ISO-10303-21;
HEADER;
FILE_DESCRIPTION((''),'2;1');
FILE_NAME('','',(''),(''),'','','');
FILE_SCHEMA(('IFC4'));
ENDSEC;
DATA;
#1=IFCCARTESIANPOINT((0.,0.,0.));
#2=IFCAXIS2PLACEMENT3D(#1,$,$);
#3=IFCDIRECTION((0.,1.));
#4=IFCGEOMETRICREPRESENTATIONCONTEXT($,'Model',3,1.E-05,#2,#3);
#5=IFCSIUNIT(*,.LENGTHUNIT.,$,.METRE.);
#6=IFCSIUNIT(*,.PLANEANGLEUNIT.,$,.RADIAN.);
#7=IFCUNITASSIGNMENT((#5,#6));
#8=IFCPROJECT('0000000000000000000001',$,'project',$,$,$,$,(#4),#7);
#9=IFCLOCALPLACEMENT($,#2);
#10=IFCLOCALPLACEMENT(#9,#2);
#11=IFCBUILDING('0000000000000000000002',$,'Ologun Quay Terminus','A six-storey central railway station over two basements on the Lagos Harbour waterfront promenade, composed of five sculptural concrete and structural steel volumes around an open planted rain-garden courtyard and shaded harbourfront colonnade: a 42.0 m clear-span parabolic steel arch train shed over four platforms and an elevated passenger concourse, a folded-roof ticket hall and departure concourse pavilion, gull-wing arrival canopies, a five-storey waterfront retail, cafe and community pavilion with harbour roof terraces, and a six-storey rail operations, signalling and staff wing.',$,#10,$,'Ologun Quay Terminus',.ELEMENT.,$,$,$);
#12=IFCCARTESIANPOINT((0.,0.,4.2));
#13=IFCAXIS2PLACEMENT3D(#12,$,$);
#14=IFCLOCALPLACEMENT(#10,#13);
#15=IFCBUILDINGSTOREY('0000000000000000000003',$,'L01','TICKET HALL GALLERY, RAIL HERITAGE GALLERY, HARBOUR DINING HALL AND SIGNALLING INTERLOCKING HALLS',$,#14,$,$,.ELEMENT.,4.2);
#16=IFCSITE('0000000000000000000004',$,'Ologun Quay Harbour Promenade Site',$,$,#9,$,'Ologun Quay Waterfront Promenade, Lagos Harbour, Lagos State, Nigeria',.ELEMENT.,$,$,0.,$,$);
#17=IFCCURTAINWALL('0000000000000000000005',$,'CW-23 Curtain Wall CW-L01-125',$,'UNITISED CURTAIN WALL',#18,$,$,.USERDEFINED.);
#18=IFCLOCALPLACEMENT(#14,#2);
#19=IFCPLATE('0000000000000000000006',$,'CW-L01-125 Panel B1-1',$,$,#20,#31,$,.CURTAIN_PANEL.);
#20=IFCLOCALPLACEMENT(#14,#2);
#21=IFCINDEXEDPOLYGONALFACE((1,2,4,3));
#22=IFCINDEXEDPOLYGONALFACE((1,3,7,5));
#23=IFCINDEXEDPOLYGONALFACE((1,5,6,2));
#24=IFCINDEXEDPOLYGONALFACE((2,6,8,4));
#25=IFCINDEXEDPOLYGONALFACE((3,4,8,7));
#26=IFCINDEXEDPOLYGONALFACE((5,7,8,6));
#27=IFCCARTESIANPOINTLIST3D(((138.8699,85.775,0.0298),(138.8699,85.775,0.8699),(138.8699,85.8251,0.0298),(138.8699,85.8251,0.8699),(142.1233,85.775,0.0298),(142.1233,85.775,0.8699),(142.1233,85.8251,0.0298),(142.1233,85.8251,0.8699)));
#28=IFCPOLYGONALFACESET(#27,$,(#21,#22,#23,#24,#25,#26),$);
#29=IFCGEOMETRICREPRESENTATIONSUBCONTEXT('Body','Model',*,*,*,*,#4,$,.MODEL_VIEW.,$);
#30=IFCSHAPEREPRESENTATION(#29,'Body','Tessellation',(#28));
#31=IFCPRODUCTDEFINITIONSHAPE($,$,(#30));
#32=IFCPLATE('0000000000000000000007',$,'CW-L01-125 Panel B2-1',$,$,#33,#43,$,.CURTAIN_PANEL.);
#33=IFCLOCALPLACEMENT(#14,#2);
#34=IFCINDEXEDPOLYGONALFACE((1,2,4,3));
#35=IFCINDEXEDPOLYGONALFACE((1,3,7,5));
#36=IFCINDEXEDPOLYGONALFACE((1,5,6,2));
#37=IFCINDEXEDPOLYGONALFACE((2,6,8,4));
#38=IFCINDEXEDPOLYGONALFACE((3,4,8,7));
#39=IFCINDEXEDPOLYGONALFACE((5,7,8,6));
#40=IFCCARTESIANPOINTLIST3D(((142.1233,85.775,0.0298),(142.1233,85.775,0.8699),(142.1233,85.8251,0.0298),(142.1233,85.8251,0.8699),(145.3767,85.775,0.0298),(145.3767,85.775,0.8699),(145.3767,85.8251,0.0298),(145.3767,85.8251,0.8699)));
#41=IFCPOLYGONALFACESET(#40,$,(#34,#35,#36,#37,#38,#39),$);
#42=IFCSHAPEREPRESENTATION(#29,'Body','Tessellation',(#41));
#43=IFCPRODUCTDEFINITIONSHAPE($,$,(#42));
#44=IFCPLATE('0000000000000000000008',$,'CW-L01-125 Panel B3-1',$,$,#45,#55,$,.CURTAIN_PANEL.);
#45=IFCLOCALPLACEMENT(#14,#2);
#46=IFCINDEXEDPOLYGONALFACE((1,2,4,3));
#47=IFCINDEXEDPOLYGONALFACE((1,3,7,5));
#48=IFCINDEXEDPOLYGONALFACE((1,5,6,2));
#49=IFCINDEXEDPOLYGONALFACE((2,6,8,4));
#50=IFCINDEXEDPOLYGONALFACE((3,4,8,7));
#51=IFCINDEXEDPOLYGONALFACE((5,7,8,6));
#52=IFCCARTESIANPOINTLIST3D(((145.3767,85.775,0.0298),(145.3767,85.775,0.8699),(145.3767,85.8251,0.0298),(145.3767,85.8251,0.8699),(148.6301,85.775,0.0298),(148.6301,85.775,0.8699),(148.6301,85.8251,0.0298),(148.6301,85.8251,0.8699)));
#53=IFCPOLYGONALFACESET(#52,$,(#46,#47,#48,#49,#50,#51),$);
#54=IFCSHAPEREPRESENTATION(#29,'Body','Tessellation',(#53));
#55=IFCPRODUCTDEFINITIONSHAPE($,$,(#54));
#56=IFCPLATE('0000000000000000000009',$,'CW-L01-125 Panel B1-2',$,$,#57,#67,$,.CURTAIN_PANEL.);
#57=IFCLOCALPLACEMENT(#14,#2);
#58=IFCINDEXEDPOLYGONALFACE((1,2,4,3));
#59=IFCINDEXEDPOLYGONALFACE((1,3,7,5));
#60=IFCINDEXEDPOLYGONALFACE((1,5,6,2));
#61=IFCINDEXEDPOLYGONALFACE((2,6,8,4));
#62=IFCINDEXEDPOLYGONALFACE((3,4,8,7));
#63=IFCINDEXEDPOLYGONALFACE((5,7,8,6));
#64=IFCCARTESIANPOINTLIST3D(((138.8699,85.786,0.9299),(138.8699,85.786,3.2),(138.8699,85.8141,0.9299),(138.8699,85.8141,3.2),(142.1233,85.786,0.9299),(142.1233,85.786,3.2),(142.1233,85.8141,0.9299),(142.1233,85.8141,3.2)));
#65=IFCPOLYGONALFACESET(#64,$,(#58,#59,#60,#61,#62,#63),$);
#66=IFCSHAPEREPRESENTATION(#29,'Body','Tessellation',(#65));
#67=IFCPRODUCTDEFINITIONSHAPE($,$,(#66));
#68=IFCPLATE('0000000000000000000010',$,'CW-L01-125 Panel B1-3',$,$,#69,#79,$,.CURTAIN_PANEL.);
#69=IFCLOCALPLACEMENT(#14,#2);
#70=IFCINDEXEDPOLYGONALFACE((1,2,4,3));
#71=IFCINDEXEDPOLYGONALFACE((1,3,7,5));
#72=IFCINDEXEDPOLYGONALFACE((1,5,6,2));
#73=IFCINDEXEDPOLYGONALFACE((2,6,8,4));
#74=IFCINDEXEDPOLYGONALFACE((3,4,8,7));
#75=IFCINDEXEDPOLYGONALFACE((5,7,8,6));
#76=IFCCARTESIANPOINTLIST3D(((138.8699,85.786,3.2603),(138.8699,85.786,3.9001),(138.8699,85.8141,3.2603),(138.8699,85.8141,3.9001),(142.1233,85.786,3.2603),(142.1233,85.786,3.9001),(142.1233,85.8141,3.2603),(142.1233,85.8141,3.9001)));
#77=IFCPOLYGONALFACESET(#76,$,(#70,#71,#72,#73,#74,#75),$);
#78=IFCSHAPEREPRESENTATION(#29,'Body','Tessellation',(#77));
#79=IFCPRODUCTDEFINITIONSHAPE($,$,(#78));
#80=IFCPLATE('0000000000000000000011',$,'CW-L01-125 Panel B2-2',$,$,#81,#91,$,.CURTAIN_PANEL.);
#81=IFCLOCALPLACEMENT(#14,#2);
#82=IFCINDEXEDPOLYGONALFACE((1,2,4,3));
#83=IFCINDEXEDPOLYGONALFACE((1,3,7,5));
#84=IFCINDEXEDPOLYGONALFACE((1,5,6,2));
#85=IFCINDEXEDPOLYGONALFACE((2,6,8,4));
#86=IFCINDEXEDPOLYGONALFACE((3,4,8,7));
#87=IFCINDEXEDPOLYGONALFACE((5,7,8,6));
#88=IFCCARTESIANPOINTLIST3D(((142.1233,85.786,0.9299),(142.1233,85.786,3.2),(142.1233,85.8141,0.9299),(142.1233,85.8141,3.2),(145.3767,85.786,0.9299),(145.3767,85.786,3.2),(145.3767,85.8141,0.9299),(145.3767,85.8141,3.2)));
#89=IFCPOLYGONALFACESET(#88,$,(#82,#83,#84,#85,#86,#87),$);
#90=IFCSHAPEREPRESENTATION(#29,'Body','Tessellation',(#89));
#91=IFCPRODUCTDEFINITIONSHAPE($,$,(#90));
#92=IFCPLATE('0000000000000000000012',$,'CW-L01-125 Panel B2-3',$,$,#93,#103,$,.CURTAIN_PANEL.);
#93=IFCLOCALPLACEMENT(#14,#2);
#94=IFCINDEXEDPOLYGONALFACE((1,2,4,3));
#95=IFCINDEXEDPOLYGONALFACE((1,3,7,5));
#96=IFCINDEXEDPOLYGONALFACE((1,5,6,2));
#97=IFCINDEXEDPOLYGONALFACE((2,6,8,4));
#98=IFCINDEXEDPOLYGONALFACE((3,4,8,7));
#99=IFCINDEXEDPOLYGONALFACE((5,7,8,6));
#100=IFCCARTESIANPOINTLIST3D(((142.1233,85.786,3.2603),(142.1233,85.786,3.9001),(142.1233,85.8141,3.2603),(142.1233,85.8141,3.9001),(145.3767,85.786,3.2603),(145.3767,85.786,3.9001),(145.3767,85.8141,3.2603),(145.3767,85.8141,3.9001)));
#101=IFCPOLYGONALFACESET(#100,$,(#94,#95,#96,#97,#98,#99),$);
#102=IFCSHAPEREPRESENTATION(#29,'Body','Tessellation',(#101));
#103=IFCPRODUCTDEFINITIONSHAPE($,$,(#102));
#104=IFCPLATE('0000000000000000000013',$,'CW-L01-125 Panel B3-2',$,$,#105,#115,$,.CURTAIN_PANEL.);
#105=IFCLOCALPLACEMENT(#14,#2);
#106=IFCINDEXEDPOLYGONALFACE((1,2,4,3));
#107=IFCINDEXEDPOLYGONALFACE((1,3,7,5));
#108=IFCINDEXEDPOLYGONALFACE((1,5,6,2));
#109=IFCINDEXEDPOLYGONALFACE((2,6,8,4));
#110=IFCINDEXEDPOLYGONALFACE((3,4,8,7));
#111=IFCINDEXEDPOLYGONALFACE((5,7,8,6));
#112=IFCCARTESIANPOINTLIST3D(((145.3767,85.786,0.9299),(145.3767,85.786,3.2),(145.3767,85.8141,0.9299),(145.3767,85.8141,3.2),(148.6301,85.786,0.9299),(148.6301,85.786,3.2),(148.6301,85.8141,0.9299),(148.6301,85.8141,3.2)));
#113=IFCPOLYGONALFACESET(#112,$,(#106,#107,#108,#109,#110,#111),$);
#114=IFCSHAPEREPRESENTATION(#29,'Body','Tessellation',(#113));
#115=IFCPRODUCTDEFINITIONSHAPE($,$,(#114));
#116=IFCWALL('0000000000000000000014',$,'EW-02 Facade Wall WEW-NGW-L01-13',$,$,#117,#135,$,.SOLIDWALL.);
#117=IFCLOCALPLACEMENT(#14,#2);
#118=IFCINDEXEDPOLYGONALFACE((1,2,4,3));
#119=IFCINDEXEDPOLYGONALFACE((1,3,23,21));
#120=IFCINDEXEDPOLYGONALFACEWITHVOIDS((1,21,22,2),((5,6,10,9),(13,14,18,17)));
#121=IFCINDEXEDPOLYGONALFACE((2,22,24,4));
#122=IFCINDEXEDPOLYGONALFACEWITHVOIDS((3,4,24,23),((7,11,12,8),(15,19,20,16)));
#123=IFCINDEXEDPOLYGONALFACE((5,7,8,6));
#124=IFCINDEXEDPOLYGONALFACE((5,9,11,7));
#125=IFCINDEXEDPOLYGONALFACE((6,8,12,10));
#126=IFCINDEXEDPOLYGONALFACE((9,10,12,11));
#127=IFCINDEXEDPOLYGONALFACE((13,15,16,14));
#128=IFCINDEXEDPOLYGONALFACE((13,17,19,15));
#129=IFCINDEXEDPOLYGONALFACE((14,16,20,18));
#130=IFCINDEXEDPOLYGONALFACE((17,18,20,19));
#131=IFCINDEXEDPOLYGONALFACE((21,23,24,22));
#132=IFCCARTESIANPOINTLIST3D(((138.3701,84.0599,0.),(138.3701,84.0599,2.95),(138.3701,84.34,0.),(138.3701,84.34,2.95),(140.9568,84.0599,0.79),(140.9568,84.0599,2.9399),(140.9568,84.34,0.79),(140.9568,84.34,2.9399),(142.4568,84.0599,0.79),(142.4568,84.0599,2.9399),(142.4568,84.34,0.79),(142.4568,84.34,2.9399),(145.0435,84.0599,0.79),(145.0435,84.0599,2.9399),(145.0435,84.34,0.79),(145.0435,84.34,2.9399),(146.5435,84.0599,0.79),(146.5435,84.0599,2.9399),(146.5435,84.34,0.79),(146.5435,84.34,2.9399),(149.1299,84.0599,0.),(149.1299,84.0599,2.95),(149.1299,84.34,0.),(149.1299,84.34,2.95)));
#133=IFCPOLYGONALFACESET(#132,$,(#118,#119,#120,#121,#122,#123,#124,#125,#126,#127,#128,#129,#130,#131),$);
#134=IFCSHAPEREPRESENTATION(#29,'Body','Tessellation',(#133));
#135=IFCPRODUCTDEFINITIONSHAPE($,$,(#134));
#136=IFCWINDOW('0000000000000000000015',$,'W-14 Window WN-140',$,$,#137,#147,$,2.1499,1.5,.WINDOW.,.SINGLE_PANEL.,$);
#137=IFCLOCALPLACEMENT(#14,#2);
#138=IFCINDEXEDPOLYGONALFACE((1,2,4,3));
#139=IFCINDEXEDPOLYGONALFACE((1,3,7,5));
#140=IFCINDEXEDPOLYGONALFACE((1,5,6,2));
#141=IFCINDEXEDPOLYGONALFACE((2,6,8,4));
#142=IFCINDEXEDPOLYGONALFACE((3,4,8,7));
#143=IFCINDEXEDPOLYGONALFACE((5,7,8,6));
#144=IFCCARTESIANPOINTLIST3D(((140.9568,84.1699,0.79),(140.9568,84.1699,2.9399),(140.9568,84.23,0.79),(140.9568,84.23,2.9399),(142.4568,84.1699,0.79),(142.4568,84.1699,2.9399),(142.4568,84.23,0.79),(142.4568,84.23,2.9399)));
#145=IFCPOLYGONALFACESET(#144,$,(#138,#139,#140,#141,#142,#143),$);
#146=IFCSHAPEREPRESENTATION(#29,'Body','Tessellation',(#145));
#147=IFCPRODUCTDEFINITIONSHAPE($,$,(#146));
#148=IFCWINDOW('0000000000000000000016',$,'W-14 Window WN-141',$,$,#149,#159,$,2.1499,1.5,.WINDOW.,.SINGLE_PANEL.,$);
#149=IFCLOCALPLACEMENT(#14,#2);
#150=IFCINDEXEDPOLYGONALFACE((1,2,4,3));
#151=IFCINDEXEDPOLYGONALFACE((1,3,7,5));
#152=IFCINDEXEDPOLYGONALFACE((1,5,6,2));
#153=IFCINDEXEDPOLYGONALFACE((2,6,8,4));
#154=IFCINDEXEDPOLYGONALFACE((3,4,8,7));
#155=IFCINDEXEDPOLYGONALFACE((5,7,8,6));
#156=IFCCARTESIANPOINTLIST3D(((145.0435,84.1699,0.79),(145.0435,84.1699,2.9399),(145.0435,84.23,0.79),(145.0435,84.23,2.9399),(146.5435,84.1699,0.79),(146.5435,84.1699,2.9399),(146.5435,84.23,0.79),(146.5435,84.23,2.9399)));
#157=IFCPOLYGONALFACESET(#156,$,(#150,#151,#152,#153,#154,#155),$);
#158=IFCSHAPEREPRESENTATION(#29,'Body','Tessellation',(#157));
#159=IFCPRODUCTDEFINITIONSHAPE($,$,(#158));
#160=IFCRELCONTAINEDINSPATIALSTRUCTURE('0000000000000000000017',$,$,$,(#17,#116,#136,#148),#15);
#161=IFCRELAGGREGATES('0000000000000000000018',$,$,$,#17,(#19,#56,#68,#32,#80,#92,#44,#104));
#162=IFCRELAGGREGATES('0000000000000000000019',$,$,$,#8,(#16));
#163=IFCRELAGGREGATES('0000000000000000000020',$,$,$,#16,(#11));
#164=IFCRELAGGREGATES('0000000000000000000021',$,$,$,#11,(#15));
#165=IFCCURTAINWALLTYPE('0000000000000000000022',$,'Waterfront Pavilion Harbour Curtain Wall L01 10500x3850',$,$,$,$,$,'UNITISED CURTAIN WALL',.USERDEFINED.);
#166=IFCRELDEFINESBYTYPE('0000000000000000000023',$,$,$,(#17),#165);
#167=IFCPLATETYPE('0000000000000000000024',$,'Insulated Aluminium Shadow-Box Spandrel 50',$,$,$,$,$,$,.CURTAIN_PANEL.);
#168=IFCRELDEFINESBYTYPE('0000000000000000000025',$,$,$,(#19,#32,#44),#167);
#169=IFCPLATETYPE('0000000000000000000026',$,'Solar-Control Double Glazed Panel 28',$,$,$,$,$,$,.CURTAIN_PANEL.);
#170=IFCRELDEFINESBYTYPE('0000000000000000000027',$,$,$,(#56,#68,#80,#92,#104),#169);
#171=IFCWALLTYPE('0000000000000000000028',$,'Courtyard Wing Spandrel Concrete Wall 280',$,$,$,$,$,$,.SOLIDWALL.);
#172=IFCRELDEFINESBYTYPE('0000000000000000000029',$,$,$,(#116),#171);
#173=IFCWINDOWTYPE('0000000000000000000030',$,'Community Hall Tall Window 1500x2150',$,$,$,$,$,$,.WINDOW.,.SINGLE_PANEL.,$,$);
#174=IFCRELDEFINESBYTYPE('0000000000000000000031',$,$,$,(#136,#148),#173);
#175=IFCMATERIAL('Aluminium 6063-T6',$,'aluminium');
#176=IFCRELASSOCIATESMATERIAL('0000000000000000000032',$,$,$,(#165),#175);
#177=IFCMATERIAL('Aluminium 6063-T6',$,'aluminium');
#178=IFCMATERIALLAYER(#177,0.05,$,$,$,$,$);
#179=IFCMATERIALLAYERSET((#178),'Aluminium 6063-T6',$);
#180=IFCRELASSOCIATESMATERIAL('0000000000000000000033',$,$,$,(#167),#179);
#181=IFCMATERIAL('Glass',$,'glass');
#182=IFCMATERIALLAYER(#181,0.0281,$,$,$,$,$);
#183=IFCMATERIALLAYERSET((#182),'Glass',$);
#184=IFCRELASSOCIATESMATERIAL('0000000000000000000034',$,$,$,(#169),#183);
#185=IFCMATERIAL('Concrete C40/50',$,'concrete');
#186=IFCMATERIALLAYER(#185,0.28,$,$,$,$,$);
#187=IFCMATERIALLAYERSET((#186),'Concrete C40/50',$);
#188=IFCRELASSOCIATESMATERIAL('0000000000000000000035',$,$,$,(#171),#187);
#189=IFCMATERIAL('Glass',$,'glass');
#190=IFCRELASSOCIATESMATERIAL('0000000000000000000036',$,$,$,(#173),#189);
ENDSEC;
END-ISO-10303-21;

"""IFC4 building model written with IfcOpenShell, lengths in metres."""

from ifc_helpers import new_model, si_unit, direction, frame, frame_2d, origin, origin_2d, place, context, subcontext, project, spatial, rectangle, extrude, material, layer, layer_set, type_object, element, fill, aggregate, save


model = new_model("IFC4")

# Units and contexts
model_context = context("Model", 3, precision=1e-05, world=origin(), true_north=direction((0.0, 1.0)))
body_context = subcontext(model_context, "Body", "Model", "MODEL_VIEW")
ifc_project = project(units=[si_unit("LENGTHUNIT", "METRE"), si_unit("PLANEANGLEUNIT", "RADIAN")], contexts=[model_context])

# Site, building, storey
site_placement = place(None, origin())
site = spatial("IfcSite", under=ifc_project, at=site_placement, Name="Ologun Quay Harbour Promenade Site", LongName="Ologun Quay Waterfront Promenade, Lagos Harbour, Lagos State, Nigeria", CompositionType="ELEMENT", RefElevation=0.0)
building_placement = place(site_placement, origin())
building = spatial("IfcBuilding", under=site, at=building_placement, Name="Ologun Quay Terminus", Description="A six-storey central railway station over two basements on the Lagos Harbour waterfront promenade, composed of five sculptural concrete and structural steel volumes around an open planted rain-garden courtyard and shaded harbourfront colonnade: a 42.0 m clear-span parabolic steel arch train shed over four platforms and an elevated passenger concourse, a folded-roof ticket hall and departure concourse pavilion, gull-wing arrival canopies, a five-storey waterfront retail, cafe and community pavilion with harbour roof terraces, and a six-storey rail operations, signalling and staff wing.", LongName="Ologun Quay Terminus", CompositionType="ELEMENT")
storey_placement = place(building_placement, frame((0.0, 0.0, 4.2)))
storey = spatial("IfcBuildingStorey", under=building, at=storey_placement, Name="L01", Description="TICKET HALL GALLERY, RAIL HERITAGE GALLERY, HARBOUR DINING HALL AND SIGNALLING INTERLOCKING HALLS", CompositionType="ELEMENT", Elevation=4.2)

# Curtain wall
ifc_material_1 = material(Name="Aluminium 6063-T6", Category="aluminium")
curtain_wall_type = type_object("IfcCurtainWallType", Name="Waterfront Pavilion Harbour Curtain Wall L01 10500x3850", ElementType="UNITISED CURTAIN WALL", PredefinedType="USERDEFINED", material=ifc_material_1)
curtain_wall_placement = place(storey_placement, origin())
curtain_wall = element("IfcCurtainWall", 1, at=curtain_wall_placement, inside=storey, type_object=curtain_wall_type, Name="CW-23 Curtain Wall CW-L01-125", ObjectType="UNITISED CURTAIN WALL", PredefinedType="USERDEFINED")

# Plates
ifc_material_2 = material(Name="Aluminium 6063-T6", Category="aluminium")
ifc_layer_1 = layer(ifc_material_2, 0.05)
ifc_layer_set_1 = layer_set([ifc_layer_1], Name="Aluminium 6063-T6")
plate_type_1 = type_object("IfcPlateType", Name="Insulated Aluminium Shadow-Box Spandrel 50", PredefinedType="CURTAIN_PANEL", material=ifc_layer_set_1)
plate_1_placement = place(storey_placement, frame((140.4966, 85.8, 0.0298), z_axis=(0.0, 0.0, 1.0), x_axis=(1.0, 0.0, 0.0)))
plate_1 = element("IfcPlate", 2, at=plate_1_placement, type_object=plate_type_1, Name="CW-L01-125 Panel B1-1", PredefinedType="CURTAIN_PANEL", context=body_context, shape_type="SweptSolid", body=[
    extrude(rectangle(XDim=3.2534, YDim=0.05, at=origin_2d()), origin(), (0.0, 0.0, 1.0), 0.8401),
])
plate_2_placement = place(storey_placement, frame((143.75, 85.8, 0.0298), z_axis=(0.0, 0.0, 1.0), x_axis=(1.0, 0.0, 0.0)))
plate_2 = element("IfcPlate", 3, at=plate_2_placement, type_object=plate_type_1, Name="CW-L01-125 Panel B2-1", PredefinedType="CURTAIN_PANEL", context=body_context, shape_type="SweptSolid", body=[
    extrude(rectangle(XDim=3.2534, YDim=0.05, at=origin_2d()), origin(), (0.0, 0.0, 1.0), 0.8401),
])
plate_3_placement = place(storey_placement, frame((147.0034, 85.8, 0.0298), z_axis=(0.0, 0.0, 1.0), x_axis=(1.0, 0.0, 0.0)))
plate_3 = element("IfcPlate", 4, at=plate_3_placement, type_object=plate_type_1, Name="CW-L01-125 Panel B3-1", PredefinedType="CURTAIN_PANEL", context=body_context, shape_type="SweptSolid", body=[
    extrude(rectangle(XDim=3.2534, YDim=0.05, at=origin_2d()), origin(), (0.0, 0.0, 1.0), 0.8401),
])
ifc_material_3 = material(Name="Glass", Category="glass")
ifc_layer_2 = layer(ifc_material_3, 0.0281)
ifc_layer_set_2 = layer_set([ifc_layer_2], Name="Glass")
plate_type_2 = type_object("IfcPlateType", Name="Solar-Control Double Glazed Panel 28", PredefinedType="CURTAIN_PANEL", material=ifc_layer_set_2)
plate_4_placement = place(storey_placement, frame((140.4966, 85.8, 0.9299), z_axis=(0.0, 0.0, 1.0), x_axis=(1.0, 0.0, 0.0)))
plate_4 = element("IfcPlate", 5, at=plate_4_placement, type_object=plate_type_2, Name="CW-L01-125 Panel B1-2", PredefinedType="CURTAIN_PANEL", context=body_context, shape_type="SweptSolid", body=[
    extrude(rectangle(XDim=3.2534, YDim=0.0281, at=origin_2d()), origin(), (0.0, 0.0, 1.0), 2.27),
])
plate_5_placement = place(storey_placement, frame((140.4966, 85.8, 3.2603), z_axis=(0.0, 0.0, 1.0), x_axis=(1.0, 0.0, 0.0)))
plate_5 = element("IfcPlate", 6, at=plate_5_placement, type_object=plate_type_2, Name="CW-L01-125 Panel B1-3", PredefinedType="CURTAIN_PANEL", context=body_context, shape_type="SweptSolid", body=[
    extrude(rectangle(XDim=3.2534, YDim=0.0281, at=origin_2d()), origin(), (0.0, 0.0, 1.0), 0.6399),
])
plate_6_placement = place(storey_placement, frame((143.75, 85.8, 0.9299), z_axis=(0.0, 0.0, 1.0), x_axis=(1.0, 0.0, 0.0)))
plate_6 = element("IfcPlate", 7, at=plate_6_placement, type_object=plate_type_2, Name="CW-L01-125 Panel B2-2", PredefinedType="CURTAIN_PANEL", context=body_context, shape_type="SweptSolid", body=[
    extrude(rectangle(XDim=3.2534, YDim=0.0281, at=origin_2d()), origin(), (0.0, 0.0, 1.0), 2.27),
])
plate_7_placement = place(storey_placement, frame((143.75, 85.8, 3.2603), z_axis=(0.0, 0.0, 1.0), x_axis=(1.0, 0.0, 0.0)))
plate_7 = element("IfcPlate", 8, at=plate_7_placement, type_object=plate_type_2, Name="CW-L01-125 Panel B2-3", PredefinedType="CURTAIN_PANEL", context=body_context, shape_type="SweptSolid", body=[
    extrude(rectangle(XDim=3.2534, YDim=0.0281, at=origin_2d()), origin(), (0.0, 0.0, 1.0), 0.6399),
])
plate_8_placement = place(storey_placement, frame((147.0034, 85.8, 0.9299), z_axis=(0.0, 0.0, 1.0), x_axis=(1.0, 0.0, 0.0)))
plate_8 = element("IfcPlate", 9, at=plate_8_placement, type_object=plate_type_2, Name="CW-L01-125 Panel B3-2", PredefinedType="CURTAIN_PANEL", context=body_context, shape_type="SweptSolid", body=[
    extrude(rectangle(XDim=3.2534, YDim=0.0281, at=origin_2d()), origin(), (0.0, 0.0, 1.0), 2.27),
])
aggregate(curtain_wall, [plate_1, plate_4, plate_5, plate_2, plate_6, plate_7, plate_3, plate_8])

# Wall, openings, windows
ifc_material_4 = material(Name="Concrete C40/50", Category="concrete")
ifc_layer_3 = layer(ifc_material_4, 0.28)
ifc_layer_set_3 = layer_set([ifc_layer_3], Name="Concrete C40/50")
wall_type_1 = type_object("IfcWallType", Name="Courtyard Wing Spandrel Concrete Wall 280", PredefinedType="SOLIDWALL", material=ifc_layer_set_3)
wall_1_placement = place(storey_placement, frame((138.3701, 84.2, 0.0), z_axis=(0.0, 0.0, 1.0), x_axis=(1.0, 0.0, 0.0)))
wall_1 = element("IfcWall", 10, at=wall_1_placement, inside=storey, type_object=wall_type_1, Name="EW-02 Facade Wall WEW-NGW-L01-13", PredefinedType="SOLIDWALL", context=body_context, shape_type="SweptSolid", body=[
    extrude(rectangle(XDim=10.7598, YDim=0.28, at=frame_2d((5.3799, 0.0))), origin(), (0.0, 0.0, 1.0), 2.95),
])
opening_1_placement = place(wall_1_placement, frame((2.5867, 0.0, 0.79)))
opening_1 = element("IfcOpeningElement", 11, at=opening_1_placement, cuts=wall_1, PredefinedType="OPENING", context=body_context, shape_type="SweptSolid", body=[
    extrude(rectangle(XDim=1.5, YDim=2.1499, at=frame_2d((0.75, 1.075))), frame((0.0, 0.1499, 0.0), z_axis=(0.0, -1.0, 0.0), x_axis=(1.0, 0.0, 0.0)), (0.0, 0.0, 1.0), 0.3),
])
opening_2_placement = place(wall_1_placement, frame((6.6733, 0.0, 0.79)))
opening_2 = element("IfcOpeningElement", 12, at=opening_2_placement, cuts=wall_1, PredefinedType="OPENING", context=body_context, shape_type="SweptSolid", body=[
    extrude(rectangle(XDim=1.5, YDim=2.1499, at=frame_2d((0.75, 1.075))), frame((0.0, 0.1499, 0.0), z_axis=(0.0, -1.0, 0.0), x_axis=(1.0, 0.0, 0.0)), (0.0, 0.0, 1.0), 0.3),
])
ifc_material_5 = material(Name="Glass", Category="glass")
window_type_1 = type_object("IfcWindowType", Name="Community Hall Tall Window 1500x2150", PartitioningType="SINGLE_PANEL", PredefinedType="WINDOW", material=ifc_material_5)
window_1_placement = place(opening_1_placement, origin())
window_1 = element("IfcWindow", 13, at=window_1_placement, inside=storey, type_object=window_type_1, Name="W-14 Window WN-140", OverallHeight=2.1499, OverallWidth=1.5, PartitioningType="SINGLE_PANEL", PredefinedType="WINDOW", context=body_context, shape_type="SweptSolid", body=[
    extrude(rectangle(XDim=1.5, YDim=2.1499, at=frame_2d((0.75, 1.075))), frame((0.0, 0.03, 0.0), z_axis=(0.0, -1.0, 0.0), x_axis=(1.0, 0.0, 0.0)), (0.0, 0.0, 1.0), 0.0601),
])
fill(opening_1, window_1)
window_2_placement = place(opening_2_placement, origin())
window_2 = element("IfcWindow", 14, at=window_2_placement, inside=storey, type_object=window_type_1, Name="W-14 Window WN-141", OverallHeight=2.1499, OverallWidth=1.5, PartitioningType="SINGLE_PANEL", PredefinedType="WINDOW", context=body_context, shape_type="SweptSolid", body=[
    extrude(rectangle(XDim=1.5, YDim=2.1499, at=frame_2d((0.75, 1.075))), frame((0.0, 0.03, 0.0), z_axis=(0.0, -1.0, 0.0), x_axis=(1.0, 0.0, 0.0)), (0.0, 0.0, 1.0), 0.0601),
])
fill(opening_2, window_2)

save(model, "model.ifc")
